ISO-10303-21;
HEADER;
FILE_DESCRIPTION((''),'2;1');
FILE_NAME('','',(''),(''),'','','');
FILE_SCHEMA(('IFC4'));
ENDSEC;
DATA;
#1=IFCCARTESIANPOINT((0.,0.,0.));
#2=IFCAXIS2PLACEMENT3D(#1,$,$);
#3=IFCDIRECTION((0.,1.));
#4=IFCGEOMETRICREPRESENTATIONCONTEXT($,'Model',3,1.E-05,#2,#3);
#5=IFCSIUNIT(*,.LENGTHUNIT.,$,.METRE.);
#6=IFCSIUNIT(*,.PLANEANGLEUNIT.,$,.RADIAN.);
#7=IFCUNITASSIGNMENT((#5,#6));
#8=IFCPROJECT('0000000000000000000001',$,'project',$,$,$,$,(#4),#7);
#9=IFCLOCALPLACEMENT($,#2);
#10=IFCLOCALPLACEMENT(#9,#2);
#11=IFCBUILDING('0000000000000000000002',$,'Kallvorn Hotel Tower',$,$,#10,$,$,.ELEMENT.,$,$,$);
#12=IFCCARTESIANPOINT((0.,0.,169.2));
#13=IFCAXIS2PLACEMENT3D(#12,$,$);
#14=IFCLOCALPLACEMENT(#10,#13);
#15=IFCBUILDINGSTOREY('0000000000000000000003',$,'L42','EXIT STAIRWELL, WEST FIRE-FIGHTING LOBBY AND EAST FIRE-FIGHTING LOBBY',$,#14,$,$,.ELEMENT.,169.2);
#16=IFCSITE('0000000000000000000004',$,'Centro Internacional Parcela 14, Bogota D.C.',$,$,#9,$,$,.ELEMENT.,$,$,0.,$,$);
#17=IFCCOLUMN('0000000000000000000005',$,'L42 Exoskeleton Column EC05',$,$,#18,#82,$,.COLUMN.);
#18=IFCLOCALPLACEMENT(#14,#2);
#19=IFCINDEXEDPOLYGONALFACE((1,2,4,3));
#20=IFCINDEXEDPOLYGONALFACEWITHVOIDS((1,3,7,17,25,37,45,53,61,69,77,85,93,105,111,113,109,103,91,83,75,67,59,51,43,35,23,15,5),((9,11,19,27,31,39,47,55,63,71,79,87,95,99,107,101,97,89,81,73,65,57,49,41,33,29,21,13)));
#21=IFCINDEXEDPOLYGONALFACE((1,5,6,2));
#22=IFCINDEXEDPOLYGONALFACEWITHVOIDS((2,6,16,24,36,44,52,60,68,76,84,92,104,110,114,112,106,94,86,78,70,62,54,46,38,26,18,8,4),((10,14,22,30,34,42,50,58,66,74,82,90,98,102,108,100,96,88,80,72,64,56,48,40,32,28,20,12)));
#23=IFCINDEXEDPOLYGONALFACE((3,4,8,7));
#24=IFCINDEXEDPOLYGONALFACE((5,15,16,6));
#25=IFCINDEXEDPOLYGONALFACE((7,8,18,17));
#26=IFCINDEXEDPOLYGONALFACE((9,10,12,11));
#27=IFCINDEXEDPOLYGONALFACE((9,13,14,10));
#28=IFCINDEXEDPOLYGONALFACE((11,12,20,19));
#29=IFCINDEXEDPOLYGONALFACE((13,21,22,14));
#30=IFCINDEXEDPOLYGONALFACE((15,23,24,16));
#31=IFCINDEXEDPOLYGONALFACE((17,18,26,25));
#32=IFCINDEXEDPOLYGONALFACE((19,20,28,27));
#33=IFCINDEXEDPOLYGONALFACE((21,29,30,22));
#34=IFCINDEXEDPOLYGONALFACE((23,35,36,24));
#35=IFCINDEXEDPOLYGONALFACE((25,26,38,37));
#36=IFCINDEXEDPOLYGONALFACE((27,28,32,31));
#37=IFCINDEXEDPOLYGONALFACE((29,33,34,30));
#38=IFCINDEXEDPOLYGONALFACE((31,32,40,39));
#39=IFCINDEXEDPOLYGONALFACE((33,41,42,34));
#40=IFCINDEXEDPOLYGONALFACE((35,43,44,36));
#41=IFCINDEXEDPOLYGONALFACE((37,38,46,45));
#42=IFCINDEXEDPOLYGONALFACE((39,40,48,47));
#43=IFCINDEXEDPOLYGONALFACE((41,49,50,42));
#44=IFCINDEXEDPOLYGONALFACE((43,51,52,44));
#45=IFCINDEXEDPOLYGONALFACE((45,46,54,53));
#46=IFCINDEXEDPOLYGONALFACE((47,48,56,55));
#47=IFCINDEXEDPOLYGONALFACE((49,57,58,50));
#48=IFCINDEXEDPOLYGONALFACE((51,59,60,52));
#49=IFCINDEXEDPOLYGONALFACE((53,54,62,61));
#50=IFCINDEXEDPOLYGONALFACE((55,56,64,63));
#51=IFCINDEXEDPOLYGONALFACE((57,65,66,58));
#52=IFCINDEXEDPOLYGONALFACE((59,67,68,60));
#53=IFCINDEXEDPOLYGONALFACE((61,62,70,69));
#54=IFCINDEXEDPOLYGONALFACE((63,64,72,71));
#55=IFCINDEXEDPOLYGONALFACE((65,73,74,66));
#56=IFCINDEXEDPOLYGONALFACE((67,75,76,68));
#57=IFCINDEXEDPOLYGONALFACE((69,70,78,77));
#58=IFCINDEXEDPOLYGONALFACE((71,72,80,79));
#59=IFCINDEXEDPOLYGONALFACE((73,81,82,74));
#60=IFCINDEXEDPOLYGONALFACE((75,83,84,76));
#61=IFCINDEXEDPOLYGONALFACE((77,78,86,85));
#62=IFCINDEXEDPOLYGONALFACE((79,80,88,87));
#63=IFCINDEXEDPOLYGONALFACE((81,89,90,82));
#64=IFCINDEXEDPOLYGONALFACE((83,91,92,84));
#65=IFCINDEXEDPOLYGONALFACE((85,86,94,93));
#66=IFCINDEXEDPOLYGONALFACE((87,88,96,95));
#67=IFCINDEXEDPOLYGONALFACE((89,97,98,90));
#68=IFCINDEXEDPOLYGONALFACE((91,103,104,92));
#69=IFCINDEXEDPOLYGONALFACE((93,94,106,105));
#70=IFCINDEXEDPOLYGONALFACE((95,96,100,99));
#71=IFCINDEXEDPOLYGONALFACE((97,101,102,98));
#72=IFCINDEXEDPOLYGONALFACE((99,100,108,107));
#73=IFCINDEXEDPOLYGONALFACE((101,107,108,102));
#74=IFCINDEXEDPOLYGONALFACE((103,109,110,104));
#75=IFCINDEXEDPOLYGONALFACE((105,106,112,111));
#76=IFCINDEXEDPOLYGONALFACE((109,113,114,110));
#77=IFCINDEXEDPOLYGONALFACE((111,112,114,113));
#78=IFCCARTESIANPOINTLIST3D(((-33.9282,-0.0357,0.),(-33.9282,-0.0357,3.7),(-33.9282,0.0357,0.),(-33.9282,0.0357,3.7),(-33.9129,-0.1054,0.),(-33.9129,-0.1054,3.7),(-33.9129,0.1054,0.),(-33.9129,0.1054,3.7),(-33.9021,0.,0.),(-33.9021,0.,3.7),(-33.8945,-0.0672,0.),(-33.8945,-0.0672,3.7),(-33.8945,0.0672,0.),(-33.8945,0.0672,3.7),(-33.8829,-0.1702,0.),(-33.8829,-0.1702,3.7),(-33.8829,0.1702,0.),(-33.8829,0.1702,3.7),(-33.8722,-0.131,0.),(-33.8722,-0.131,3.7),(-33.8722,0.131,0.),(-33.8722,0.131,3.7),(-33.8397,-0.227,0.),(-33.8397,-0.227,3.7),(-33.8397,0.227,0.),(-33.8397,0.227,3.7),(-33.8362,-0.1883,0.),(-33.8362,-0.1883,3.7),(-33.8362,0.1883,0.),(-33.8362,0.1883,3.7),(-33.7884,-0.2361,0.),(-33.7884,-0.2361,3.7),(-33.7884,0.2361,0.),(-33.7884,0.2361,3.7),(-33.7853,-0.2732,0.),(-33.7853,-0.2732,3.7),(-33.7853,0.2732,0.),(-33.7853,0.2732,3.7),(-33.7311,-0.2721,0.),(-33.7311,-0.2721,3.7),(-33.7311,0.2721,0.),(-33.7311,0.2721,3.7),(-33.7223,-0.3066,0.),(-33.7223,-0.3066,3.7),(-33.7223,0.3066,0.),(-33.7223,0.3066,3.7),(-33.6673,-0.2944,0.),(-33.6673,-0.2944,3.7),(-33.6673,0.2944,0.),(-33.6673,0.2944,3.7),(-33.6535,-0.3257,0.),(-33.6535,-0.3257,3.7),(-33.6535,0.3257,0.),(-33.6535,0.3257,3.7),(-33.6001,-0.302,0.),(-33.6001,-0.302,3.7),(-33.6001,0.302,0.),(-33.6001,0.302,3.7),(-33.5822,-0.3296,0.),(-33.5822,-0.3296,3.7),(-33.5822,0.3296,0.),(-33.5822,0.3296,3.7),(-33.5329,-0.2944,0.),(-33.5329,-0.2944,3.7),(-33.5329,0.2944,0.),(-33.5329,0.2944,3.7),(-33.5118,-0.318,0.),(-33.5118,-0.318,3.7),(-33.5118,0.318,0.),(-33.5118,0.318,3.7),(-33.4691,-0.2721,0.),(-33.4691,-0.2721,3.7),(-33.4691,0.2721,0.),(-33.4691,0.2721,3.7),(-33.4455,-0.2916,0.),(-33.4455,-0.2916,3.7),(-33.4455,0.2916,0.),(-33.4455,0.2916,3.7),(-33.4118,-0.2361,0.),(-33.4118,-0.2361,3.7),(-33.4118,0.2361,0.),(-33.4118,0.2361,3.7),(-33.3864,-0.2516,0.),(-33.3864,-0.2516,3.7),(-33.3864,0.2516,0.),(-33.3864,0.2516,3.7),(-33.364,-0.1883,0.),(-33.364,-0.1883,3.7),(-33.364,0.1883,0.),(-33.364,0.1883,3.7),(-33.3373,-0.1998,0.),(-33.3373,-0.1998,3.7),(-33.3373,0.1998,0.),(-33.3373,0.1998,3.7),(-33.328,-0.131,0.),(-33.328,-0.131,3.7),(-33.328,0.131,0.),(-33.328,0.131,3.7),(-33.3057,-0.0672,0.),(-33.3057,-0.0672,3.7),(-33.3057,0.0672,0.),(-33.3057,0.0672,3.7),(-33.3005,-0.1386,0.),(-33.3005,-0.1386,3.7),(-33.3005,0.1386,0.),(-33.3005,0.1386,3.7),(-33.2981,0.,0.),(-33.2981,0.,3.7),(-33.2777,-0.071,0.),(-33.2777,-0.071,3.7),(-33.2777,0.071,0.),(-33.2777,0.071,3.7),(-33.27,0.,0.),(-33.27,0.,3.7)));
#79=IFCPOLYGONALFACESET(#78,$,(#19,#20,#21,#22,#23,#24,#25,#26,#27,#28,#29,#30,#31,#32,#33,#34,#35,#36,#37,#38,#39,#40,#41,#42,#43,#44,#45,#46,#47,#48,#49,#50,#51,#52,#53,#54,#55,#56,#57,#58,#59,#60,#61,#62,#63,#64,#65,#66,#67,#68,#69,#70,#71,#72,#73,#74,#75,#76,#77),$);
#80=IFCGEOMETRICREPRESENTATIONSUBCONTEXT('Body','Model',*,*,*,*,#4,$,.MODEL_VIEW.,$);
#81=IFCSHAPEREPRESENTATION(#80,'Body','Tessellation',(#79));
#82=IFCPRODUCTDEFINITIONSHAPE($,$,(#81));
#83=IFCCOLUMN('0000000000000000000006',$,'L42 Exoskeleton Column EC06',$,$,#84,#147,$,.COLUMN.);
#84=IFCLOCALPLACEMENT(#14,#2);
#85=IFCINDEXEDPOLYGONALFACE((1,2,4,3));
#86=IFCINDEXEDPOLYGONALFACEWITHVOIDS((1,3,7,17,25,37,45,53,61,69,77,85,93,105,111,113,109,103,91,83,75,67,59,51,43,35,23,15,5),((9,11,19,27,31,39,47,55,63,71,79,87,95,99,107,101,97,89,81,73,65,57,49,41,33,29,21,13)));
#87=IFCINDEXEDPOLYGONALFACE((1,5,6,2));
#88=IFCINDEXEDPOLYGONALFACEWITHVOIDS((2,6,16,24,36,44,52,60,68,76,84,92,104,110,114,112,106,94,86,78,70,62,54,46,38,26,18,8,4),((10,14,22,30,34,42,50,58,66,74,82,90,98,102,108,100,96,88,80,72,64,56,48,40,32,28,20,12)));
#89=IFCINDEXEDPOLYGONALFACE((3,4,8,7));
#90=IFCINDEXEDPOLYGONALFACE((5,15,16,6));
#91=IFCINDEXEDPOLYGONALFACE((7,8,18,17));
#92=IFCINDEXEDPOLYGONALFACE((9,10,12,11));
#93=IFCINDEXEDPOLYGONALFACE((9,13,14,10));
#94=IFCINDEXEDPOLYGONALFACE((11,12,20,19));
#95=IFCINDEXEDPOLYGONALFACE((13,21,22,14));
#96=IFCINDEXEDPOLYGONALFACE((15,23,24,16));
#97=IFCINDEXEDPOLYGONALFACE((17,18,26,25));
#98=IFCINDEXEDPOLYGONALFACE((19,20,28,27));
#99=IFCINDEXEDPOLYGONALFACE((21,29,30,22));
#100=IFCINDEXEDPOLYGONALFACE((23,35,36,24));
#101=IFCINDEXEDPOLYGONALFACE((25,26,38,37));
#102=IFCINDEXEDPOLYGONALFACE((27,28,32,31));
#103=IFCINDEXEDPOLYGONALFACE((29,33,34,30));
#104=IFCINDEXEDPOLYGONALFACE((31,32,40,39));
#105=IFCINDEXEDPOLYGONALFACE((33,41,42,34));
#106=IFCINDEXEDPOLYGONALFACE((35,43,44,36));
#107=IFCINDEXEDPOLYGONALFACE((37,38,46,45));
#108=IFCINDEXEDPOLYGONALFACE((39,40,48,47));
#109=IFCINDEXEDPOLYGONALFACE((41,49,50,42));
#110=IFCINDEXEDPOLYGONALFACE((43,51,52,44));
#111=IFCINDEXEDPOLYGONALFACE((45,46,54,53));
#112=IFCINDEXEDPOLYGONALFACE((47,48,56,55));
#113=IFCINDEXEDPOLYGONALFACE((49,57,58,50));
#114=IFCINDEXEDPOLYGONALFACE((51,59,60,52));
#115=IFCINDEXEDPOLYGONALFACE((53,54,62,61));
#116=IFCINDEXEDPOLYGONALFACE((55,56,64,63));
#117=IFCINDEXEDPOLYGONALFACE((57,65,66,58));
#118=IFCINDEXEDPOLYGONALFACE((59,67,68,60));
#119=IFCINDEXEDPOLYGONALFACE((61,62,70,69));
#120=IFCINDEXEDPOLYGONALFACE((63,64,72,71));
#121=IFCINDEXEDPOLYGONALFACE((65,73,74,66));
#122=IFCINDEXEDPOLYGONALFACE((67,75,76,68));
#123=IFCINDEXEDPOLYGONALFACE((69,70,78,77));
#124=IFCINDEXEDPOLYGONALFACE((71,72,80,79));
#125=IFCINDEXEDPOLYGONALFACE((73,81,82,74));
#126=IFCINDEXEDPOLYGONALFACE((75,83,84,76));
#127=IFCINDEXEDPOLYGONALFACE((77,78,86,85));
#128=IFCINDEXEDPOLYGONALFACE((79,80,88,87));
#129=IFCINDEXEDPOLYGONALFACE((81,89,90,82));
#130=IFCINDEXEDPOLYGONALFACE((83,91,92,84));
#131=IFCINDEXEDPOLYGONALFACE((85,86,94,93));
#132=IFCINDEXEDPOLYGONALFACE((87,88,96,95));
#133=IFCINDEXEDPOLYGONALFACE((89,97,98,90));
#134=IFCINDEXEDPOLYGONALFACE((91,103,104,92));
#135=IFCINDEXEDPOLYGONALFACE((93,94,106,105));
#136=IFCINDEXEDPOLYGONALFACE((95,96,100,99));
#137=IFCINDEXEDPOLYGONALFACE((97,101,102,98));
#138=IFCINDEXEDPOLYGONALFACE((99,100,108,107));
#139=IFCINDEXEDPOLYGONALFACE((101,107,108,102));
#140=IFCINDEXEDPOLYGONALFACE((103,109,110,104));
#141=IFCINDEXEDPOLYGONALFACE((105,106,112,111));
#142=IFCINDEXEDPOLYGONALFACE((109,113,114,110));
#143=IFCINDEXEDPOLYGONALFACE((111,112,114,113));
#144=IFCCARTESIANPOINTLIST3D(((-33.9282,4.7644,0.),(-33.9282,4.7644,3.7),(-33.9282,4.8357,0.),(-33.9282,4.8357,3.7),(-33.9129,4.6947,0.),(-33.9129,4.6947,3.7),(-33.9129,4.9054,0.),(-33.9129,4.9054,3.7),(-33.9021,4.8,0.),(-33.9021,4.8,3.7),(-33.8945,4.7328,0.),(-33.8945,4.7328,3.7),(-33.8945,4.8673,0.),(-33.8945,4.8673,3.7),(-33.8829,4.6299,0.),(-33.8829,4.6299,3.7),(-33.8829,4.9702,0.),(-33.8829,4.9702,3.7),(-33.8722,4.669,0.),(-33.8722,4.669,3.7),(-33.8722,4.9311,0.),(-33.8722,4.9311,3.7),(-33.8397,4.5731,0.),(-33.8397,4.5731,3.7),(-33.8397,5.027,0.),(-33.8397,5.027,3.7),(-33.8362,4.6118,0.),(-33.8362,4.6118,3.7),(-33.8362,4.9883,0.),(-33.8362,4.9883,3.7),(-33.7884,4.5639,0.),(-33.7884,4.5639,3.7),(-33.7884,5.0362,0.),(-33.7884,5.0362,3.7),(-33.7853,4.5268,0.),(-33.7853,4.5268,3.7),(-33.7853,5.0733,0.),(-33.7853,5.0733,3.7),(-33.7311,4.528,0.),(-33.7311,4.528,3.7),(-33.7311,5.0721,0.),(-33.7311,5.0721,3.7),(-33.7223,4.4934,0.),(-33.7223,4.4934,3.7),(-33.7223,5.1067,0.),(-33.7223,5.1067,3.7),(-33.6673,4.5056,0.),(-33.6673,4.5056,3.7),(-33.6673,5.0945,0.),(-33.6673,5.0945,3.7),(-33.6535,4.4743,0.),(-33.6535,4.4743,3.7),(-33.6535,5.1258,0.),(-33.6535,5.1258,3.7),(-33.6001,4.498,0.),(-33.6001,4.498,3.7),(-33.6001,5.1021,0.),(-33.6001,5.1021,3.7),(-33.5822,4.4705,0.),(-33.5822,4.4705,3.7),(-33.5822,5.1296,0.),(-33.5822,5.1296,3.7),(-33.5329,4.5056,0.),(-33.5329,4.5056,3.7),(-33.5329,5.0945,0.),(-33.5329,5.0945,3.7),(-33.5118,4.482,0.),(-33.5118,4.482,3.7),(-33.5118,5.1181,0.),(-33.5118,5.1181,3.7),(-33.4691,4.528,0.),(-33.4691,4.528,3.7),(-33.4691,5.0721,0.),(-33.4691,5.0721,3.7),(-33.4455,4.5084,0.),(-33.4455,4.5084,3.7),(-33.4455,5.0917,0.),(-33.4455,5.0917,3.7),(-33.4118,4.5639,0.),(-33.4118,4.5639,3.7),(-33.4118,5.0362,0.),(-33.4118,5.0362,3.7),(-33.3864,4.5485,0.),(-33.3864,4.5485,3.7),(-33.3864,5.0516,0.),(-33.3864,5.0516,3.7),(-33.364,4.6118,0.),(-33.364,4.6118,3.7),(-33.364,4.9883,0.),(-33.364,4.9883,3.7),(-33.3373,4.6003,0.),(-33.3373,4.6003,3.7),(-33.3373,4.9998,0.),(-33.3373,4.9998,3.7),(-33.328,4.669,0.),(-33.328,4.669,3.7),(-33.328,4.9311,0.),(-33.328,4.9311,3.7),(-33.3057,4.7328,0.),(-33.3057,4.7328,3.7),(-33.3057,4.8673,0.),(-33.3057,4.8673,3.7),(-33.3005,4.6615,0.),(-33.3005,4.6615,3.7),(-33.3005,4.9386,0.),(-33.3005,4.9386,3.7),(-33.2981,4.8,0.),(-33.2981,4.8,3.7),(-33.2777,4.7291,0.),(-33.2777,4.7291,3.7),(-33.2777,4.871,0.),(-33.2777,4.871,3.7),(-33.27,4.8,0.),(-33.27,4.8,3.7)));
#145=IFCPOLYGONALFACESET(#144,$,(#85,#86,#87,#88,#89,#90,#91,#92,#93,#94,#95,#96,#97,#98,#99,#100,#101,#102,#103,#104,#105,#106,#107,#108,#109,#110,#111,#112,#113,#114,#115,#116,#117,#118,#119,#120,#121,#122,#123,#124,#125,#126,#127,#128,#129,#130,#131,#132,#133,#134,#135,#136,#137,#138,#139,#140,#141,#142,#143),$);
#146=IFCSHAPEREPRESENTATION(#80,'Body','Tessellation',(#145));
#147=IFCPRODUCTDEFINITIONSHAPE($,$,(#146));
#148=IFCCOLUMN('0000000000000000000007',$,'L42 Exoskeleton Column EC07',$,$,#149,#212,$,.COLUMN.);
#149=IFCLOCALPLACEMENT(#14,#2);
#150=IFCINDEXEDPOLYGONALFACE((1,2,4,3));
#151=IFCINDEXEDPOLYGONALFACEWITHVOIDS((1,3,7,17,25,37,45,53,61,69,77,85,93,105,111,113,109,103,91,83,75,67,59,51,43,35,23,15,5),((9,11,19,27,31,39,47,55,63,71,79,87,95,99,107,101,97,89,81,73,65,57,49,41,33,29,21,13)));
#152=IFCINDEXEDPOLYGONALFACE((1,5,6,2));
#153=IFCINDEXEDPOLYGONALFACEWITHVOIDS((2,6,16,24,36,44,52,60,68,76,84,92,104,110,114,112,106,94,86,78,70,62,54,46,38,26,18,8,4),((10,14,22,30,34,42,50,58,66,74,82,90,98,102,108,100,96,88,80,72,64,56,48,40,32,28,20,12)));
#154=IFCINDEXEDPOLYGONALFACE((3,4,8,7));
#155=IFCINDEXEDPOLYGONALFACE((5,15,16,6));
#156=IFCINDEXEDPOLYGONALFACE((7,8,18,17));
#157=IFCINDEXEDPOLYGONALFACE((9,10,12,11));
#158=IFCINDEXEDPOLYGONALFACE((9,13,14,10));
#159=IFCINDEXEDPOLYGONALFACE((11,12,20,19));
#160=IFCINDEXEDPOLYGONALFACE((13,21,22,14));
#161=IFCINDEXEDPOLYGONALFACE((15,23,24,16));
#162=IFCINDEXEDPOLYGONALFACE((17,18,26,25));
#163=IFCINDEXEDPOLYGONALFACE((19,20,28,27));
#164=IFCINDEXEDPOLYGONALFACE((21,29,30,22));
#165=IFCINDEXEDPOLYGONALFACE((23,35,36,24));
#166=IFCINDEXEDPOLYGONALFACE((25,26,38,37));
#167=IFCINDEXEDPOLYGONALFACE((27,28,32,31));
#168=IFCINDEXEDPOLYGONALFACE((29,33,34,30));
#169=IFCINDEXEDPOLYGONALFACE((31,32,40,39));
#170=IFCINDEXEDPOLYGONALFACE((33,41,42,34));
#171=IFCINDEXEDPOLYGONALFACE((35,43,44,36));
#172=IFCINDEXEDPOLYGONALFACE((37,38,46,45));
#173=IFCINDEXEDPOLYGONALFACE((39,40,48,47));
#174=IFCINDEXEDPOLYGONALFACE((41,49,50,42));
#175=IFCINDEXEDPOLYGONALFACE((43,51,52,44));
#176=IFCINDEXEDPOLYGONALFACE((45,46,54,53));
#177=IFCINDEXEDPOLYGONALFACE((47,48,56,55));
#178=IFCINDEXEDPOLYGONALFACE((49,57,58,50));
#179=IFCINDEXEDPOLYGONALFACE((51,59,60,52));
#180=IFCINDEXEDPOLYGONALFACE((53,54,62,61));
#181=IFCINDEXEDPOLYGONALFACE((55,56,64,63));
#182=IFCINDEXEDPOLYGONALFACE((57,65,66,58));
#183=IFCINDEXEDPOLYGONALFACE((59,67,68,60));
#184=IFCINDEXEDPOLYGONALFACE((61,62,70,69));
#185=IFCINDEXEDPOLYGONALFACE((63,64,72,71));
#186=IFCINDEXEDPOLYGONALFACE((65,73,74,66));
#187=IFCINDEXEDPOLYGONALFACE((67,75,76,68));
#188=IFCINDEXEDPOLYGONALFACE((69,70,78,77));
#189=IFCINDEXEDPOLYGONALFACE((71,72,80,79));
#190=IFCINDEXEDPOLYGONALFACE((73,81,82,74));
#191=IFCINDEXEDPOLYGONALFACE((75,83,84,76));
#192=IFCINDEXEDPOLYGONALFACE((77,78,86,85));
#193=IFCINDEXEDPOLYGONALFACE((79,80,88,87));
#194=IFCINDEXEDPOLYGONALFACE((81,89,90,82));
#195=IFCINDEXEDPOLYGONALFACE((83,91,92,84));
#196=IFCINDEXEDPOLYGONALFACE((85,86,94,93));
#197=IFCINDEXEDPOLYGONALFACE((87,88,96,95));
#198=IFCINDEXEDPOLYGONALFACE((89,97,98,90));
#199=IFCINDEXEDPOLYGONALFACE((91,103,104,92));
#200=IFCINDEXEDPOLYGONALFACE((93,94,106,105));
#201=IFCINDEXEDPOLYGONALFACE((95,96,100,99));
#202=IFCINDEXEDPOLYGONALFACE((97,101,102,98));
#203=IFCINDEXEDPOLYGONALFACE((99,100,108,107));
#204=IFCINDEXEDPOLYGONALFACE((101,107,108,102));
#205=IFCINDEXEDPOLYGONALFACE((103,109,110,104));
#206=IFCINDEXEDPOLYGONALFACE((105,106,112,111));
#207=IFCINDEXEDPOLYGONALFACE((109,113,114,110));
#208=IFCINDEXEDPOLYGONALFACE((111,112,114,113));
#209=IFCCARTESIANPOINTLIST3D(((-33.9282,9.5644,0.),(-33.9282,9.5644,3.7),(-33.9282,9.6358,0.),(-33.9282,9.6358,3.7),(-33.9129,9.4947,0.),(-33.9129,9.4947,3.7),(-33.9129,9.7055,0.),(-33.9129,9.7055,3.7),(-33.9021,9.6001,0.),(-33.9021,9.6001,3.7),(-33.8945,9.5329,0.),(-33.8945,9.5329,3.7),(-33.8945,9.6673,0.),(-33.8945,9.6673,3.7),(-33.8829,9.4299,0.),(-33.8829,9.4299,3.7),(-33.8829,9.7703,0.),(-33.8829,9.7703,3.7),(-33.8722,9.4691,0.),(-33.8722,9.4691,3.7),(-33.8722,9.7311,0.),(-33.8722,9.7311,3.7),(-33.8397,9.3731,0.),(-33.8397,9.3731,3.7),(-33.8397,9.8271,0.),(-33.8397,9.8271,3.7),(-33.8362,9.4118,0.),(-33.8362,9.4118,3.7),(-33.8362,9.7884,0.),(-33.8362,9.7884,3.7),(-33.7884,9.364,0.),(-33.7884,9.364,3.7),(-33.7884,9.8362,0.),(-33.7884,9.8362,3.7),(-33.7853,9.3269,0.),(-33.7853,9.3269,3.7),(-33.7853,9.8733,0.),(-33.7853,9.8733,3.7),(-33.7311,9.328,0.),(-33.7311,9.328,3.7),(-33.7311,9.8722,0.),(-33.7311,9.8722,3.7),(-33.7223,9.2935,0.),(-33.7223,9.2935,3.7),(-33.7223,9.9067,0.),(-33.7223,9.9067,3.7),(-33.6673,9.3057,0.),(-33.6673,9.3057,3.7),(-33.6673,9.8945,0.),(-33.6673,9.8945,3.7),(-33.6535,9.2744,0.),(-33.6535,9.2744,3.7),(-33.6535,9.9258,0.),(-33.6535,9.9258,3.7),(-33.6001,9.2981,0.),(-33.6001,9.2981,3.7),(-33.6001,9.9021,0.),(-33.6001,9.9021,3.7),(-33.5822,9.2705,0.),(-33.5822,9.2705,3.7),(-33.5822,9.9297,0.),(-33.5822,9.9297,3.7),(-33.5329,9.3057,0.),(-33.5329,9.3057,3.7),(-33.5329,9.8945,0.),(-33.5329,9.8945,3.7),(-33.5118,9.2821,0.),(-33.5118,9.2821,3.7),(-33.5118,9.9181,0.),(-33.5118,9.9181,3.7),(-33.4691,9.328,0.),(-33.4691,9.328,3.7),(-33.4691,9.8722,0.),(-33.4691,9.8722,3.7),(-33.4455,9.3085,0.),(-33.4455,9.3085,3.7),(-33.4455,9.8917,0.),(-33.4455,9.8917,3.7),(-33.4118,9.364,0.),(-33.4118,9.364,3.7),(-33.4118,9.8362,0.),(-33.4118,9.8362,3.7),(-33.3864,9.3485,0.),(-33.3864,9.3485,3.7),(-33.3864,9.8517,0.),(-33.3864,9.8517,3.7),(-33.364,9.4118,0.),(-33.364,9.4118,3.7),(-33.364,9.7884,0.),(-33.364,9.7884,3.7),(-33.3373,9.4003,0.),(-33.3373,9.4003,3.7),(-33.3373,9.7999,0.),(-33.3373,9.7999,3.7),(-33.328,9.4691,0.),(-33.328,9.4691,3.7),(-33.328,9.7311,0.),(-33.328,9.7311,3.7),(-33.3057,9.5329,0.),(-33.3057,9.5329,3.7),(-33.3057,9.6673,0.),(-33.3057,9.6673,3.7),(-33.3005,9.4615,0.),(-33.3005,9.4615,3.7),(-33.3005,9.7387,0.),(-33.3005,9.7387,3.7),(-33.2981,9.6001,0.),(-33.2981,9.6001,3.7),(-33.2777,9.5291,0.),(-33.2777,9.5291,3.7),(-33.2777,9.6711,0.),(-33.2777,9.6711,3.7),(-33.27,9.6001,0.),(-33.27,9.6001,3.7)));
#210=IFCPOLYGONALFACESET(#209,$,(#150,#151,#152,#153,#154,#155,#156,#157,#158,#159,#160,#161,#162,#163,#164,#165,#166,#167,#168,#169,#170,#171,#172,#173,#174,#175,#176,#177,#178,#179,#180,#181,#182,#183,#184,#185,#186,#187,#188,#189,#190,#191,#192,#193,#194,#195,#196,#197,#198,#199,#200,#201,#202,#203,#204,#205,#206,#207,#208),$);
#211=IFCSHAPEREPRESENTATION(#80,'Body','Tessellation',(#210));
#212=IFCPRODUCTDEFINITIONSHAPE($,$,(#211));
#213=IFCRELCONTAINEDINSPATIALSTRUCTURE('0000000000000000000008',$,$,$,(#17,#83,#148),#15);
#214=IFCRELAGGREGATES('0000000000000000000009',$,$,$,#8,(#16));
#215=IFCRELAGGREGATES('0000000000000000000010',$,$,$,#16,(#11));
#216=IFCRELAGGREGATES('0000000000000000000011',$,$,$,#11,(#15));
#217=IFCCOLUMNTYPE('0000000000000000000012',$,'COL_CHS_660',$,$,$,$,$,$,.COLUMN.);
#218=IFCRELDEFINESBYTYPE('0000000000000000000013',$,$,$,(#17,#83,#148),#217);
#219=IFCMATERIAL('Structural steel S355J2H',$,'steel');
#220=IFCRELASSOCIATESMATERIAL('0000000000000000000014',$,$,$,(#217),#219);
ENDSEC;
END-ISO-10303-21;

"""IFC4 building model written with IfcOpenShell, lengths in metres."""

from ifc_helpers import new_model, si_unit, direction, frame, origin, origin_2d, place, context, subcontext, project, spatial, hollow_circle, extrude, material, material_profile, profile_set, type_object, element, save


model = new_model("IFC4")

# Units and contexts
model_context = context("Model", 3, precision=1e-05, world=origin(), true_north=direction((0.0, 1.0)))
body_context = subcontext(model_context, "Body", "Model", "MODEL_VIEW")
ifc_project = project(units=[si_unit("LENGTHUNIT", "METRE"), si_unit("PLANEANGLEUNIT", "RADIAN")], contexts=[model_context])

# Site, building, storey
site_placement = place(None, origin())
site = spatial("IfcSite", under=ifc_project, at=site_placement, Name="Centro Internacional Parcela 14, Bogota D.C.", CompositionType="ELEMENT", RefElevation=0.0)
building_placement = place(site_placement, origin())
building = spatial("IfcBuilding", under=site, at=building_placement, Name="Kallvorn Hotel Tower", CompositionType="ELEMENT")
storey_placement = place(building_placement, frame((0.0, 0.0, 169.2)))
storey = spatial("IfcBuildingStorey", under=building, at=storey_placement, Name="L42", Description="EXIT STAIRWELL, WEST FIRE-FIGHTING LOBBY AND EAST FIRE-FIGHTING LOBBY", CompositionType="ELEMENT", Elevation=169.2)

# Columns
ifc_material_1 = material(Name="Structural steel S355J2H", Category="steel")
ifc_material_profile_1 = material_profile(ifc_material_1, hollow_circle(Radius=0.3301, WallThickness=0.0281, at=origin_2d()), Name="CHS 660x28")
ifc_profile_set_1 = profile_set([ifc_material_profile_1], Name="Structural steel S355J2H")
column_type_1 = type_object("IfcColumnType", Name="COL_CHS_660", PredefinedType="COLUMN", material=ifc_profile_set_1)
for number, where, z_axis, x_axis, name in (
    (1, (-33.6001, 0.0, 0.0), (0.0, 0.0, 1.0), (1.0, 0.0, 0.0), "L42 Exoskeleton Column EC05"),
    (2, (-33.6001, 4.8, 0.0), (0.0, 0.0, 1.0), (1.0, 0.0, 0.0), "L42 Exoskeleton Column EC06"),
    (3, (-33.6001, 9.6001, 0.0), (0.0, 0.0, 1.0), (1.0, 0.0, 0.0), "L42 Exoskeleton Column EC07"),
):
    element("IfcColumn", number, at=place(storey_placement, frame(where, z_axis=z_axis, x_axis=x_axis)), inside=storey, type_object=column_type_1, Name=name, PredefinedType="COLUMN", context=body_context, shape_type="SweptSolid", body=[
        extrude(hollow_circle(Radius=0.3301, WallThickness=0.0281, at=origin_2d()), origin(), (0.0, 0.0, 1.0), 3.7),
    ])

save(model, "model.ifc")
